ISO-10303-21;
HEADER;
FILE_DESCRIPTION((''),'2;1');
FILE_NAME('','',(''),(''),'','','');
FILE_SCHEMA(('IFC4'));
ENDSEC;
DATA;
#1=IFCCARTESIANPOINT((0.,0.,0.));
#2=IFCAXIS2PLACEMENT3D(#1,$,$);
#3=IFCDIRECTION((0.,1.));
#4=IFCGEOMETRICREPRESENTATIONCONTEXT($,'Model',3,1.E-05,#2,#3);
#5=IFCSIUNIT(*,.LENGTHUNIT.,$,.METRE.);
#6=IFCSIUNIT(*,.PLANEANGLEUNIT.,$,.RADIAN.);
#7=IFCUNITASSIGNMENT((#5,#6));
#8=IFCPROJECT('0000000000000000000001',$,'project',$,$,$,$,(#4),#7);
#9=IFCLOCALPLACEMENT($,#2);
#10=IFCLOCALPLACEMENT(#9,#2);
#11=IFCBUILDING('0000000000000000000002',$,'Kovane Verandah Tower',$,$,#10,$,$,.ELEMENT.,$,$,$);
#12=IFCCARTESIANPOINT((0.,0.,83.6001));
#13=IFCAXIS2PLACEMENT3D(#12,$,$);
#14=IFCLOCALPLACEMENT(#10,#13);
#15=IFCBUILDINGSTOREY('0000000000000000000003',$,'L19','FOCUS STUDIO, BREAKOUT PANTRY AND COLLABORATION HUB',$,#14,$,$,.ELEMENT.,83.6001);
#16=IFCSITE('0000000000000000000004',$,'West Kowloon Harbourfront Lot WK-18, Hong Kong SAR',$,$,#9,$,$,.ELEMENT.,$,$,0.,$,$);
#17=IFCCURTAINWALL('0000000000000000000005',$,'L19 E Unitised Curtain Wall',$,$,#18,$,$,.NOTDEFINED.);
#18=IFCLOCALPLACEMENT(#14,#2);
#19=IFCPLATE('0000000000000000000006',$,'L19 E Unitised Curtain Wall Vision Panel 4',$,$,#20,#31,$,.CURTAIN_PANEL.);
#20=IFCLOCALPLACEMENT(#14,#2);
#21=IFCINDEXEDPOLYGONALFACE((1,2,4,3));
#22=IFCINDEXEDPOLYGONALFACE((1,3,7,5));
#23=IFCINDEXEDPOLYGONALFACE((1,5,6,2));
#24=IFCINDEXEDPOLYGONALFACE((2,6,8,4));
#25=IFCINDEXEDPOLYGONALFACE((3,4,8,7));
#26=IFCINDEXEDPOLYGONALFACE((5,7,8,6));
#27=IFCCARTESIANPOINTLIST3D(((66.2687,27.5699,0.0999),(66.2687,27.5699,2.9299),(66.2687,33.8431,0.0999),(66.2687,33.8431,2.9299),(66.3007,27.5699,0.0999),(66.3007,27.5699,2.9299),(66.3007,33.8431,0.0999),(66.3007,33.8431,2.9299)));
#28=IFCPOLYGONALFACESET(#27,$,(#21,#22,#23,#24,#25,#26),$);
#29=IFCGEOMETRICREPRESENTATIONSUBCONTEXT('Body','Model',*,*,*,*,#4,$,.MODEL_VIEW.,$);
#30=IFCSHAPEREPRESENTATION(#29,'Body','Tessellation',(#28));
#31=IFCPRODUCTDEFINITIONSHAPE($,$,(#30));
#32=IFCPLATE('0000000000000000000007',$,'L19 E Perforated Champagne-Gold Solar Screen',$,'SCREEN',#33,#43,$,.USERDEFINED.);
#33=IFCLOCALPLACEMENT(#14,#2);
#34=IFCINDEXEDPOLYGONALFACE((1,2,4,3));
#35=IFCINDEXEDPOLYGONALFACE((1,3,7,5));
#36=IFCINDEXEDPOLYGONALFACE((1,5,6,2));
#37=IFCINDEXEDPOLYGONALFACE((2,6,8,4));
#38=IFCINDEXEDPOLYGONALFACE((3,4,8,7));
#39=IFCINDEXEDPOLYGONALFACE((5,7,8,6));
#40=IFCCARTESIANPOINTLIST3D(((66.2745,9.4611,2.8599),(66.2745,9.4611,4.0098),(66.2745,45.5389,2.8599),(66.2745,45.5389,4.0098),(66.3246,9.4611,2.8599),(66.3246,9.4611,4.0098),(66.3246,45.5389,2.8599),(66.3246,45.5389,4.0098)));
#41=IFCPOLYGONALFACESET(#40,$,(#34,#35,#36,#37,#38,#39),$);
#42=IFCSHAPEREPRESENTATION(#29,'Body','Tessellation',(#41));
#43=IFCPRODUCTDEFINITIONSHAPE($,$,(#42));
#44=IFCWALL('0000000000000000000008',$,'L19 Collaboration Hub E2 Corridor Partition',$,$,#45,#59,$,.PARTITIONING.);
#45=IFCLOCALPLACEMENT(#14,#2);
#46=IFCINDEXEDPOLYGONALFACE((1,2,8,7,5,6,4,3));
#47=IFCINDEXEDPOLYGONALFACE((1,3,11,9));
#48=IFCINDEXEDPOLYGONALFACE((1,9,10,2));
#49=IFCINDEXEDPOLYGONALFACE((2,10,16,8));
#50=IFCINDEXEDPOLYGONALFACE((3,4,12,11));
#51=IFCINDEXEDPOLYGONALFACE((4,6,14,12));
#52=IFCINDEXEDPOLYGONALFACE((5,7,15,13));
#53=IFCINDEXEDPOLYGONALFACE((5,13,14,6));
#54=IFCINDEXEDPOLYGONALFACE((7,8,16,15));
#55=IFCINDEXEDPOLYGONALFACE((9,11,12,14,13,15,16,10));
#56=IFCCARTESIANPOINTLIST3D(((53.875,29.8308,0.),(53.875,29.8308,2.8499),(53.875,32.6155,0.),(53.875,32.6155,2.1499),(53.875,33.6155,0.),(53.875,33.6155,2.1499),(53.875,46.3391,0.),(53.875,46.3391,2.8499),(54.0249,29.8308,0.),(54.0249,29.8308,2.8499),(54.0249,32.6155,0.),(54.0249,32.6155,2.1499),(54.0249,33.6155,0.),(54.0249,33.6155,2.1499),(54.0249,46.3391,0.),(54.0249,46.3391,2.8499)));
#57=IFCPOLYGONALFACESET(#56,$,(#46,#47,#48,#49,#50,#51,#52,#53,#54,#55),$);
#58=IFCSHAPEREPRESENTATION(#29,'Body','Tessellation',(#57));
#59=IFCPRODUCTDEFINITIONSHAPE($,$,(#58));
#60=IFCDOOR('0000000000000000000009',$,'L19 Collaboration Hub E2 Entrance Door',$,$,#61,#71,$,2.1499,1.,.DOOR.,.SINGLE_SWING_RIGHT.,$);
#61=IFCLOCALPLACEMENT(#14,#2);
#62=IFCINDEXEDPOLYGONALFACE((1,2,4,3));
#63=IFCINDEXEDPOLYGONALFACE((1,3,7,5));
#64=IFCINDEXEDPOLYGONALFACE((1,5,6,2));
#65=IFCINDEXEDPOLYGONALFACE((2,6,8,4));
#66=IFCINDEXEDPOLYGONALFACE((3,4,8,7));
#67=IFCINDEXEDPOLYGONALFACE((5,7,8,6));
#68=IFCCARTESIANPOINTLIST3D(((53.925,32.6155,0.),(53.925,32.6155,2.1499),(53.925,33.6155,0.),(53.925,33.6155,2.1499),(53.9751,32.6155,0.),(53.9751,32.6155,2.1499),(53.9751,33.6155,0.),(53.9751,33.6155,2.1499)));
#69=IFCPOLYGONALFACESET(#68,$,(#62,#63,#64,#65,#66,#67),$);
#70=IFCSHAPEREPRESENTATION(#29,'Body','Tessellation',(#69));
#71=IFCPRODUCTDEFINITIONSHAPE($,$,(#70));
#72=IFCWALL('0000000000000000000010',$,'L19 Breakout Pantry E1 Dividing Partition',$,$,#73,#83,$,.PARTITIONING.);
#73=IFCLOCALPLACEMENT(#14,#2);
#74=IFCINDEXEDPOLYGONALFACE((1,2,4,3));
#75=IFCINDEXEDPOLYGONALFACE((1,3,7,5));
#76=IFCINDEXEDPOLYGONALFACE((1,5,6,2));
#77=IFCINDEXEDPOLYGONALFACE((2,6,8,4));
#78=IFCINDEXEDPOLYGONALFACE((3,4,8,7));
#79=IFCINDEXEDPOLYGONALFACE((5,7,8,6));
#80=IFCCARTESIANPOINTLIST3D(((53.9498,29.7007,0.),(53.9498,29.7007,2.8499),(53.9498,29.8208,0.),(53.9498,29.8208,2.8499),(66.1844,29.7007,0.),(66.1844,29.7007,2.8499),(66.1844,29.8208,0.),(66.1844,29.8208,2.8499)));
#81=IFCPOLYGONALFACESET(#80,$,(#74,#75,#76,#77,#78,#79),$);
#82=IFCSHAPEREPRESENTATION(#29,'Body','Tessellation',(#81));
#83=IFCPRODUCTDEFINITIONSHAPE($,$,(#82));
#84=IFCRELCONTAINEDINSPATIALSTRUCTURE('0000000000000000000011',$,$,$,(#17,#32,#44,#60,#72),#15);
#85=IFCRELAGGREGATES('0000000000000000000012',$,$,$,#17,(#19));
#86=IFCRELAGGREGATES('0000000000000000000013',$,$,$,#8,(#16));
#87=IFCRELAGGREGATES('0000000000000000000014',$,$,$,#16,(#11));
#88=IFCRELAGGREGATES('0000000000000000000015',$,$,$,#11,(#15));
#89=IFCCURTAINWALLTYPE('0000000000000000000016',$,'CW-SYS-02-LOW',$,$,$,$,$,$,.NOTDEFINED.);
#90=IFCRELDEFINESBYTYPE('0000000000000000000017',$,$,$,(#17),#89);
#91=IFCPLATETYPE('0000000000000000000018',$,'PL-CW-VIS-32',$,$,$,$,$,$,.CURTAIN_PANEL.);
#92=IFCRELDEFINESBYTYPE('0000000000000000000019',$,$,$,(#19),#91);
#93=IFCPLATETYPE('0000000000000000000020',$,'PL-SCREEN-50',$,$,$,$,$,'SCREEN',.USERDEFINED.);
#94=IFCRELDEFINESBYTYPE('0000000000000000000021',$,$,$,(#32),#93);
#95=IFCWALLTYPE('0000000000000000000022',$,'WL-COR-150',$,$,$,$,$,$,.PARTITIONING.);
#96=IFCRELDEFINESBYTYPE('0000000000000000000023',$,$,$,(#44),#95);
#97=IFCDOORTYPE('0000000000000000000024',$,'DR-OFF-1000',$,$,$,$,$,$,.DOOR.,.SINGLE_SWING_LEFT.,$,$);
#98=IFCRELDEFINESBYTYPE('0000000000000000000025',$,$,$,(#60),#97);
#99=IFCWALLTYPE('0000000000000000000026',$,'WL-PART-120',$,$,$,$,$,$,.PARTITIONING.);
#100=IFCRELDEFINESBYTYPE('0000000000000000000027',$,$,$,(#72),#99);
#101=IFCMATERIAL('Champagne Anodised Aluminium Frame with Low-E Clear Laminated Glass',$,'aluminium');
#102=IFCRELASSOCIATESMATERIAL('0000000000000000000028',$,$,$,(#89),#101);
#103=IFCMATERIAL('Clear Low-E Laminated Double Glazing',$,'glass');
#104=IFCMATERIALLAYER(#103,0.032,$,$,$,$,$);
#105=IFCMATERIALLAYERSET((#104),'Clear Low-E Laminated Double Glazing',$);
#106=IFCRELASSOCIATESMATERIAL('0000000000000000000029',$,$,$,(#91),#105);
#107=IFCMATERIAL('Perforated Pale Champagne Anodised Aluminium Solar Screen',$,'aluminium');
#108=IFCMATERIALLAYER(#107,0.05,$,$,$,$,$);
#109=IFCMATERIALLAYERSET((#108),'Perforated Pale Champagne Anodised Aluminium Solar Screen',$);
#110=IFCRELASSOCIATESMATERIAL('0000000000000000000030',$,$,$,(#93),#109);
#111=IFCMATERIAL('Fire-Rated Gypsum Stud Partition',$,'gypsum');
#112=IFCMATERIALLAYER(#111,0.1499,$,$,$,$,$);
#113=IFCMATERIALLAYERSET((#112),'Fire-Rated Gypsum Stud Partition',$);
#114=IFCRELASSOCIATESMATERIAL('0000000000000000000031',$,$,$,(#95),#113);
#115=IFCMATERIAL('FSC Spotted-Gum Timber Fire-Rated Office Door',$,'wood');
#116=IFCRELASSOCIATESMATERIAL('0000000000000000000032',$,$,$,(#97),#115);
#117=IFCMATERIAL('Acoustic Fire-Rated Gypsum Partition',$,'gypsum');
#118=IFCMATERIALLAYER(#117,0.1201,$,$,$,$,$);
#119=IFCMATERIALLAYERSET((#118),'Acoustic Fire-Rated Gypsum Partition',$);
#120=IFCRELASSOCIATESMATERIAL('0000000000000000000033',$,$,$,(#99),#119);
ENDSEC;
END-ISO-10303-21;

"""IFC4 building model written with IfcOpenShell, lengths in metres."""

from ifc_helpers import new_model, si_unit, direction, frame, frame_2d, origin, origin_2d, place, context, subcontext, project, spatial, rectangle, extrude, material, layer, layer_set, type_object, element, fill, aggregate, save


model = new_model("IFC4")

# Units and contexts
model_context = context("Model", 3, precision=1e-05, world=origin(), true_north=direction((0.0, 1.0)))
body_context = subcontext(model_context, "Body", "Model", "MODEL_VIEW")
ifc_project = project(units=[si_unit("LENGTHUNIT", "METRE"), si_unit("PLANEANGLEUNIT", "RADIAN")], contexts=[model_context])

# Site, building, storey
site_placement = place(None, origin())
site = spatial("IfcSite", under=ifc_project, at=site_placement, Name="West Kowloon Harbourfront Lot WK-18, Hong Kong SAR", CompositionType="ELEMENT", RefElevation=0.0)
building_placement = place(site_placement, origin())
building = spatial("IfcBuilding", under=site, at=building_placement, Name="Kovane Verandah Tower", CompositionType="ELEMENT")
storey_placement = place(building_placement, frame((0.0, 0.0, 83.6001)))
storey = spatial("IfcBuildingStorey", under=building, at=storey_placement, Name="L19", Description="FOCUS STUDIO, BREAKOUT PANTRY AND COLLABORATION HUB", CompositionType="ELEMENT", Elevation=83.6001)

# Curtain wall, plate
ifc_material_1 = material(Name="Champagne Anodised Aluminium Frame with Low-E Clear Laminated Glass", Category="aluminium")
curtain_wall_type = type_object("IfcCurtainWallType", Name="CW-SYS-02-LOW", PredefinedType="NOTDEFINED", material=ifc_material_1)
curtain_wall_placement = place(storey_placement, origin())
curtain_wall = element("IfcCurtainWall", 1, at=curtain_wall_placement, inside=storey, type_object=curtain_wall_type, Name="L19 E Unitised Curtain Wall", PredefinedType="NOTDEFINED")
ifc_material_2 = material(Name="Clear Low-E Laminated Double Glazing", Category="glass")
ifc_layer_1 = layer(ifc_material_2, 0.032)
ifc_layer_set_1 = layer_set([ifc_layer_1], Name="Clear Low-E Laminated Double Glazing")
plate_type_1 = type_object("IfcPlateType", Name="PL-CW-VIS-32", PredefinedType="CURTAIN_PANEL", material=ifc_layer_set_1)
plate_1_placement = place(storey_placement, frame((66.2847, 30.7065, 0.0999), z_axis=(0.0, 0.0, 1.0), x_axis=(0.0, 1.0, 0.0)))
plate_1 = element("IfcPlate", 2, at=plate_1_placement, type_object=plate_type_1, Name="L19 E Unitised Curtain Wall Vision Panel 4", PredefinedType="CURTAIN_PANEL", context=body_context, shape_type="SweptSolid", body=[
    extrude(rectangle(XDim=6.2732, YDim=0.032, at=origin_2d()), origin(), (0.0, 0.0, 1.0), 2.8301),
])
aggregate(curtain_wall, [plate_1])

# Plate
ifc_material_3 = material(Name="Perforated Pale Champagne Anodised Aluminium Solar Screen", Category="aluminium")
ifc_layer_2 = layer(ifc_material_3, 0.05)
ifc_layer_set_2 = layer_set([ifc_layer_2], Name="Perforated Pale Champagne Anodised Aluminium Solar Screen")
plate_type_2 = type_object("IfcPlateType", Name="PL-SCREEN-50", ElementType="SCREEN", PredefinedType="USERDEFINED", material=ifc_layer_set_2)
plate_2_placement = place(storey_placement, frame((66.2996, 27.5, 2.8599), z_axis=(0.0, 0.0, 1.0), x_axis=(0.0, 1.0, 0.0)))
element("IfcPlate", 3, at=plate_2_placement, inside=storey, type_object=plate_type_2, Name="L19 E Perforated Champagne-Gold Solar Screen", ObjectType="SCREEN", PredefinedType="USERDEFINED", context=body_context, shape_type="SweptSolid", body=[
    extrude(rectangle(XDim=36.0779, YDim=0.05, at=origin_2d()), origin(), (0.0, 0.0, 1.0), 1.1499),
])

# Wall, opening, door
ifc_material_4 = material(Name="Fire-Rated Gypsum Stud Partition", Category="gypsum")
ifc_layer_3 = layer(ifc_material_4, 0.1499)
ifc_layer_set_3 = layer_set([ifc_layer_3], Name="Fire-Rated Gypsum Stud Partition")
wall_type_1 = type_object("IfcWallType", Name="WL-COR-150", PredefinedType="PARTITIONING", material=ifc_layer_set_3)
wall_1_placement = place(storey_placement, frame((53.95, 29.8308, 0.0), z_axis=(0.0, 0.0, 1.0), x_axis=(0.0, 1.0, 0.0)))
wall_1 = element("IfcWall", 4, at=wall_1_placement, inside=storey, type_object=wall_type_1, Name="L19 Collaboration Hub E2 Corridor Partition", PredefinedType="PARTITIONING", context=body_context, shape_type="SweptSolid", body=[
    extrude(rectangle(XDim=16.5083, YDim=0.1499, at=frame_2d((8.2542, 0.0))), origin(), (0.0, 0.0, 1.0), 2.8499),
])
opening_placement = place(wall_1_placement, frame((2.7847, 0.0, 0.0)))
opening = element("IfcOpeningElement", 5, at=opening_placement, cuts=wall_1, PredefinedType="OPENING", context=body_context, shape_type="SweptSolid", body=[
    extrude(rectangle(XDim=1.0, YDim=2.1499, at=frame_2d((0.5, 1.075))), frame((0.0, 0.075, 0.0), z_axis=(0.0, -1.0, 0.0), x_axis=(1.0, 0.0, 0.0)), (0.0, 0.0, 1.0), 0.1499),
])
ifc_material_5 = material(Name="FSC Spotted-Gum Timber Fire-Rated Office Door", Category="wood")
door_type = type_object("IfcDoorType", Name="DR-OFF-1000", OperationType="SINGLE_SWING_LEFT", PredefinedType="DOOR", material=ifc_material_5)
door_placement = place(opening_placement, origin())
door = element("IfcDoor", 6, at=door_placement, inside=storey, type_object=door_type, Name="L19 Collaboration Hub E2 Entrance Door", OperationType="SINGLE_SWING_RIGHT", OverallHeight=2.1499, OverallWidth=1.0, PredefinedType="DOOR", context=body_context, shape_type="SweptSolid", body=[
    extrude(rectangle(XDim=1.0, YDim=2.1499, at=frame_2d((0.5, 1.075))), frame((0.0, 0.0249, 0.0), z_axis=(0.0, -1.0, 0.0), x_axis=(1.0, 0.0, 0.0)), (0.0, 0.0, 1.0), 0.05),
])
fill(opening, door)

# Wall
ifc_material_6 = material(Name="Acoustic Fire-Rated Gypsum Partition", Category="gypsum")
ifc_layer_4 = layer(ifc_material_6, 0.1201)
ifc_layer_set_4 = layer_set([ifc_layer_4], Name="Acoustic Fire-Rated Gypsum Partition")
wall_type_2 = type_object("IfcWallType", Name="WL-PART-120", PredefinedType="PARTITIONING", material=ifc_layer_set_4)
wall_2_placement = place(storey_placement, frame((53.95, 29.7607, 0.0), z_axis=(0.0, 0.0, 1.0), x_axis=(1.0, 0.0, 0.0)))
element("IfcWall", 7, at=wall_2_placement, inside=storey, type_object=wall_type_2, Name="L19 Breakout Pantry E1 Dividing Partition", PredefinedType="PARTITIONING", context=body_context, shape_type="SweptSolid", body=[
    extrude(rectangle(XDim=12.2346, YDim=0.1201, at=frame_2d((6.1172, 0.0))), origin(), (0.0, 0.0, 1.0), 2.8499),
])

save(model, "model.ifc")
